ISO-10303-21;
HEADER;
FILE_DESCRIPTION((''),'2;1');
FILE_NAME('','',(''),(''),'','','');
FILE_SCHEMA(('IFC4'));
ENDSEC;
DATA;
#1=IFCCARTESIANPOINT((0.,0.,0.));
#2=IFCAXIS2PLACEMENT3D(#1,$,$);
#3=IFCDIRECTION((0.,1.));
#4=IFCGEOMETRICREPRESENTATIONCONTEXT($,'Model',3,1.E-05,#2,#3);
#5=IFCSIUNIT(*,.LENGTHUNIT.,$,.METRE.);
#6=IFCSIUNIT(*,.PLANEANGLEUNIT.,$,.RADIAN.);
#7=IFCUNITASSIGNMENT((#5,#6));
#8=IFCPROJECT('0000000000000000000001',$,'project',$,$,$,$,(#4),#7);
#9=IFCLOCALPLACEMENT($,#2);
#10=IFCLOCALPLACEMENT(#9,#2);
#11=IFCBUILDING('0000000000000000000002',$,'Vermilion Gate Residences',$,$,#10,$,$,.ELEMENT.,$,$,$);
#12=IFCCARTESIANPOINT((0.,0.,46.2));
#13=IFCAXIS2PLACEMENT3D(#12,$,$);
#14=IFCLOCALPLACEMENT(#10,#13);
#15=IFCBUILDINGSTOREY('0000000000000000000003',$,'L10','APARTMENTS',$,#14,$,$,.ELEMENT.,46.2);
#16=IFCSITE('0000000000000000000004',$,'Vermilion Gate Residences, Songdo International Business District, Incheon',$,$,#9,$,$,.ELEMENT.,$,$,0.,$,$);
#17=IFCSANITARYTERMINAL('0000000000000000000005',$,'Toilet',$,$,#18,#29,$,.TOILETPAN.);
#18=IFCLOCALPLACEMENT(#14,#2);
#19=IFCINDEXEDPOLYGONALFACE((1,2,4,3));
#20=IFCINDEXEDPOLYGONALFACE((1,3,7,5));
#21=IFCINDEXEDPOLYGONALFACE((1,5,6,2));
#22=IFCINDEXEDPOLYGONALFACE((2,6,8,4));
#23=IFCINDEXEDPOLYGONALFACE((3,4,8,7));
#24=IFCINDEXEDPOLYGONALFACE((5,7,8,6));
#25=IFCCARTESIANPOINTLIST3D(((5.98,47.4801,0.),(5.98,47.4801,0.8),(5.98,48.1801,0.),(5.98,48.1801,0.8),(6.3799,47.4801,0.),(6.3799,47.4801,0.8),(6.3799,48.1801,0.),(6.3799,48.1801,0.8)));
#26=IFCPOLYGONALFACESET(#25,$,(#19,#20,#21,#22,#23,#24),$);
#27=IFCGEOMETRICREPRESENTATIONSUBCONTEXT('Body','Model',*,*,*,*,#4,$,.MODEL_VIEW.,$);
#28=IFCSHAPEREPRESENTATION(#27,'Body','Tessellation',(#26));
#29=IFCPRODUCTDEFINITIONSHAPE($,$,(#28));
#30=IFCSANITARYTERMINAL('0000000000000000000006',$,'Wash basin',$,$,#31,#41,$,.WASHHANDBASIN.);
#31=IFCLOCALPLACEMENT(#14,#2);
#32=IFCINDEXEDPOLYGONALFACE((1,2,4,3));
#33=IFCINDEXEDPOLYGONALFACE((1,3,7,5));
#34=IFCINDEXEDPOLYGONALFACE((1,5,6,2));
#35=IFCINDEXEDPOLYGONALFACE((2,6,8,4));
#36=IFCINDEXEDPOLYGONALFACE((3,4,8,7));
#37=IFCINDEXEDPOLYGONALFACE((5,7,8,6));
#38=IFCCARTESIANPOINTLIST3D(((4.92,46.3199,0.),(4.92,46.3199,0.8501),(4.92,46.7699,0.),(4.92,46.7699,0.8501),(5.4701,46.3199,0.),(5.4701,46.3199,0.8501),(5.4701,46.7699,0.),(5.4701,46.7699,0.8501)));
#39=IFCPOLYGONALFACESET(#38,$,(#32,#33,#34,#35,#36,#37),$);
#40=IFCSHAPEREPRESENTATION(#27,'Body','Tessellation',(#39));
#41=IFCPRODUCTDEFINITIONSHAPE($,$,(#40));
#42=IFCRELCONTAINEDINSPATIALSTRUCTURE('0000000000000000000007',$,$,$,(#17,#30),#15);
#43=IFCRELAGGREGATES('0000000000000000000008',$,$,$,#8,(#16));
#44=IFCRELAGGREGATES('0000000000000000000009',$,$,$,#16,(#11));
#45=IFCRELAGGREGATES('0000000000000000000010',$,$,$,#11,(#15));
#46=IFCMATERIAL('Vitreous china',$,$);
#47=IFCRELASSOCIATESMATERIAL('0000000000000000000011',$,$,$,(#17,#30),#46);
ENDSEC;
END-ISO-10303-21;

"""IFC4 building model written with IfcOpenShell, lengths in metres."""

from ifc_helpers import new_model, si_unit, direction, frame, origin, origin_2d, place, context, subcontext, project, spatial, rectangle, extrude, material, element, save


model = new_model("IFC4")

# Units and contexts
model_context = context("Model", 3, precision=1e-05, world=origin(), true_north=direction((0.0, 1.0)))
body_context = subcontext(model_context, "Body", "Model", "MODEL_VIEW")
ifc_project = project(units=[si_unit("LENGTHUNIT", "METRE"), si_unit("PLANEANGLEUNIT", "RADIAN")], contexts=[model_context])

# Site, building, storey
site_placement = place(None, origin())
site = spatial("IfcSite", under=ifc_project, at=site_placement, Name="Vermilion Gate Residences, Songdo International Business District, Incheon", CompositionType="ELEMENT", RefElevation=0.0)
building_placement = place(site_placement, origin())
building = spatial("IfcBuilding", under=site, at=building_placement, Name="Vermilion Gate Residences", CompositionType="ELEMENT")
storey_placement = place(building_placement, frame((0.0, 0.0, 46.2)))
storey = spatial("IfcBuildingStorey", under=building, at=storey_placement, Name="L10", Description="APARTMENTS", CompositionType="ELEMENT", Elevation=46.2)

# Sanitary terminals
ifc_material_1 = material(Name="Vitreous china")
sanitary_terminal_1_placement = place(storey_placement, frame((6.1799, 47.8301, 0.0), z_axis=(0.0, 0.0, 1.0), x_axis=(1.0, 0.0, 0.0)))
element("IfcSanitaryTerminal", 1, at=sanitary_terminal_1_placement, inside=storey, material=ifc_material_1, Name="Toilet", PredefinedType="TOILETPAN", context=body_context, shape_type="SweptSolid", body=[
    extrude(rectangle(XDim=0.3999, YDim=0.7, at=origin_2d()), origin(), (0.0, 0.0, 1.0), 0.8),
])
sanitary_terminal_2_placement = place(storey_placement, frame((5.1951, 46.5449, 0.0), z_axis=(0.0, 0.0, 1.0), x_axis=(1.0, 0.0, 0.0)))
element("IfcSanitaryTerminal", 2, at=sanitary_terminal_2_placement, inside=storey, material=ifc_material_1, Name="Wash basin", PredefinedType="WASHHANDBASIN", context=body_context, shape_type="SweptSolid", body=[
    extrude(rectangle(XDim=0.55, YDim=0.45, at=origin_2d()), origin(), (0.0, 0.0, 1.0), 0.8501),
])

save(model, "model.ifc")
